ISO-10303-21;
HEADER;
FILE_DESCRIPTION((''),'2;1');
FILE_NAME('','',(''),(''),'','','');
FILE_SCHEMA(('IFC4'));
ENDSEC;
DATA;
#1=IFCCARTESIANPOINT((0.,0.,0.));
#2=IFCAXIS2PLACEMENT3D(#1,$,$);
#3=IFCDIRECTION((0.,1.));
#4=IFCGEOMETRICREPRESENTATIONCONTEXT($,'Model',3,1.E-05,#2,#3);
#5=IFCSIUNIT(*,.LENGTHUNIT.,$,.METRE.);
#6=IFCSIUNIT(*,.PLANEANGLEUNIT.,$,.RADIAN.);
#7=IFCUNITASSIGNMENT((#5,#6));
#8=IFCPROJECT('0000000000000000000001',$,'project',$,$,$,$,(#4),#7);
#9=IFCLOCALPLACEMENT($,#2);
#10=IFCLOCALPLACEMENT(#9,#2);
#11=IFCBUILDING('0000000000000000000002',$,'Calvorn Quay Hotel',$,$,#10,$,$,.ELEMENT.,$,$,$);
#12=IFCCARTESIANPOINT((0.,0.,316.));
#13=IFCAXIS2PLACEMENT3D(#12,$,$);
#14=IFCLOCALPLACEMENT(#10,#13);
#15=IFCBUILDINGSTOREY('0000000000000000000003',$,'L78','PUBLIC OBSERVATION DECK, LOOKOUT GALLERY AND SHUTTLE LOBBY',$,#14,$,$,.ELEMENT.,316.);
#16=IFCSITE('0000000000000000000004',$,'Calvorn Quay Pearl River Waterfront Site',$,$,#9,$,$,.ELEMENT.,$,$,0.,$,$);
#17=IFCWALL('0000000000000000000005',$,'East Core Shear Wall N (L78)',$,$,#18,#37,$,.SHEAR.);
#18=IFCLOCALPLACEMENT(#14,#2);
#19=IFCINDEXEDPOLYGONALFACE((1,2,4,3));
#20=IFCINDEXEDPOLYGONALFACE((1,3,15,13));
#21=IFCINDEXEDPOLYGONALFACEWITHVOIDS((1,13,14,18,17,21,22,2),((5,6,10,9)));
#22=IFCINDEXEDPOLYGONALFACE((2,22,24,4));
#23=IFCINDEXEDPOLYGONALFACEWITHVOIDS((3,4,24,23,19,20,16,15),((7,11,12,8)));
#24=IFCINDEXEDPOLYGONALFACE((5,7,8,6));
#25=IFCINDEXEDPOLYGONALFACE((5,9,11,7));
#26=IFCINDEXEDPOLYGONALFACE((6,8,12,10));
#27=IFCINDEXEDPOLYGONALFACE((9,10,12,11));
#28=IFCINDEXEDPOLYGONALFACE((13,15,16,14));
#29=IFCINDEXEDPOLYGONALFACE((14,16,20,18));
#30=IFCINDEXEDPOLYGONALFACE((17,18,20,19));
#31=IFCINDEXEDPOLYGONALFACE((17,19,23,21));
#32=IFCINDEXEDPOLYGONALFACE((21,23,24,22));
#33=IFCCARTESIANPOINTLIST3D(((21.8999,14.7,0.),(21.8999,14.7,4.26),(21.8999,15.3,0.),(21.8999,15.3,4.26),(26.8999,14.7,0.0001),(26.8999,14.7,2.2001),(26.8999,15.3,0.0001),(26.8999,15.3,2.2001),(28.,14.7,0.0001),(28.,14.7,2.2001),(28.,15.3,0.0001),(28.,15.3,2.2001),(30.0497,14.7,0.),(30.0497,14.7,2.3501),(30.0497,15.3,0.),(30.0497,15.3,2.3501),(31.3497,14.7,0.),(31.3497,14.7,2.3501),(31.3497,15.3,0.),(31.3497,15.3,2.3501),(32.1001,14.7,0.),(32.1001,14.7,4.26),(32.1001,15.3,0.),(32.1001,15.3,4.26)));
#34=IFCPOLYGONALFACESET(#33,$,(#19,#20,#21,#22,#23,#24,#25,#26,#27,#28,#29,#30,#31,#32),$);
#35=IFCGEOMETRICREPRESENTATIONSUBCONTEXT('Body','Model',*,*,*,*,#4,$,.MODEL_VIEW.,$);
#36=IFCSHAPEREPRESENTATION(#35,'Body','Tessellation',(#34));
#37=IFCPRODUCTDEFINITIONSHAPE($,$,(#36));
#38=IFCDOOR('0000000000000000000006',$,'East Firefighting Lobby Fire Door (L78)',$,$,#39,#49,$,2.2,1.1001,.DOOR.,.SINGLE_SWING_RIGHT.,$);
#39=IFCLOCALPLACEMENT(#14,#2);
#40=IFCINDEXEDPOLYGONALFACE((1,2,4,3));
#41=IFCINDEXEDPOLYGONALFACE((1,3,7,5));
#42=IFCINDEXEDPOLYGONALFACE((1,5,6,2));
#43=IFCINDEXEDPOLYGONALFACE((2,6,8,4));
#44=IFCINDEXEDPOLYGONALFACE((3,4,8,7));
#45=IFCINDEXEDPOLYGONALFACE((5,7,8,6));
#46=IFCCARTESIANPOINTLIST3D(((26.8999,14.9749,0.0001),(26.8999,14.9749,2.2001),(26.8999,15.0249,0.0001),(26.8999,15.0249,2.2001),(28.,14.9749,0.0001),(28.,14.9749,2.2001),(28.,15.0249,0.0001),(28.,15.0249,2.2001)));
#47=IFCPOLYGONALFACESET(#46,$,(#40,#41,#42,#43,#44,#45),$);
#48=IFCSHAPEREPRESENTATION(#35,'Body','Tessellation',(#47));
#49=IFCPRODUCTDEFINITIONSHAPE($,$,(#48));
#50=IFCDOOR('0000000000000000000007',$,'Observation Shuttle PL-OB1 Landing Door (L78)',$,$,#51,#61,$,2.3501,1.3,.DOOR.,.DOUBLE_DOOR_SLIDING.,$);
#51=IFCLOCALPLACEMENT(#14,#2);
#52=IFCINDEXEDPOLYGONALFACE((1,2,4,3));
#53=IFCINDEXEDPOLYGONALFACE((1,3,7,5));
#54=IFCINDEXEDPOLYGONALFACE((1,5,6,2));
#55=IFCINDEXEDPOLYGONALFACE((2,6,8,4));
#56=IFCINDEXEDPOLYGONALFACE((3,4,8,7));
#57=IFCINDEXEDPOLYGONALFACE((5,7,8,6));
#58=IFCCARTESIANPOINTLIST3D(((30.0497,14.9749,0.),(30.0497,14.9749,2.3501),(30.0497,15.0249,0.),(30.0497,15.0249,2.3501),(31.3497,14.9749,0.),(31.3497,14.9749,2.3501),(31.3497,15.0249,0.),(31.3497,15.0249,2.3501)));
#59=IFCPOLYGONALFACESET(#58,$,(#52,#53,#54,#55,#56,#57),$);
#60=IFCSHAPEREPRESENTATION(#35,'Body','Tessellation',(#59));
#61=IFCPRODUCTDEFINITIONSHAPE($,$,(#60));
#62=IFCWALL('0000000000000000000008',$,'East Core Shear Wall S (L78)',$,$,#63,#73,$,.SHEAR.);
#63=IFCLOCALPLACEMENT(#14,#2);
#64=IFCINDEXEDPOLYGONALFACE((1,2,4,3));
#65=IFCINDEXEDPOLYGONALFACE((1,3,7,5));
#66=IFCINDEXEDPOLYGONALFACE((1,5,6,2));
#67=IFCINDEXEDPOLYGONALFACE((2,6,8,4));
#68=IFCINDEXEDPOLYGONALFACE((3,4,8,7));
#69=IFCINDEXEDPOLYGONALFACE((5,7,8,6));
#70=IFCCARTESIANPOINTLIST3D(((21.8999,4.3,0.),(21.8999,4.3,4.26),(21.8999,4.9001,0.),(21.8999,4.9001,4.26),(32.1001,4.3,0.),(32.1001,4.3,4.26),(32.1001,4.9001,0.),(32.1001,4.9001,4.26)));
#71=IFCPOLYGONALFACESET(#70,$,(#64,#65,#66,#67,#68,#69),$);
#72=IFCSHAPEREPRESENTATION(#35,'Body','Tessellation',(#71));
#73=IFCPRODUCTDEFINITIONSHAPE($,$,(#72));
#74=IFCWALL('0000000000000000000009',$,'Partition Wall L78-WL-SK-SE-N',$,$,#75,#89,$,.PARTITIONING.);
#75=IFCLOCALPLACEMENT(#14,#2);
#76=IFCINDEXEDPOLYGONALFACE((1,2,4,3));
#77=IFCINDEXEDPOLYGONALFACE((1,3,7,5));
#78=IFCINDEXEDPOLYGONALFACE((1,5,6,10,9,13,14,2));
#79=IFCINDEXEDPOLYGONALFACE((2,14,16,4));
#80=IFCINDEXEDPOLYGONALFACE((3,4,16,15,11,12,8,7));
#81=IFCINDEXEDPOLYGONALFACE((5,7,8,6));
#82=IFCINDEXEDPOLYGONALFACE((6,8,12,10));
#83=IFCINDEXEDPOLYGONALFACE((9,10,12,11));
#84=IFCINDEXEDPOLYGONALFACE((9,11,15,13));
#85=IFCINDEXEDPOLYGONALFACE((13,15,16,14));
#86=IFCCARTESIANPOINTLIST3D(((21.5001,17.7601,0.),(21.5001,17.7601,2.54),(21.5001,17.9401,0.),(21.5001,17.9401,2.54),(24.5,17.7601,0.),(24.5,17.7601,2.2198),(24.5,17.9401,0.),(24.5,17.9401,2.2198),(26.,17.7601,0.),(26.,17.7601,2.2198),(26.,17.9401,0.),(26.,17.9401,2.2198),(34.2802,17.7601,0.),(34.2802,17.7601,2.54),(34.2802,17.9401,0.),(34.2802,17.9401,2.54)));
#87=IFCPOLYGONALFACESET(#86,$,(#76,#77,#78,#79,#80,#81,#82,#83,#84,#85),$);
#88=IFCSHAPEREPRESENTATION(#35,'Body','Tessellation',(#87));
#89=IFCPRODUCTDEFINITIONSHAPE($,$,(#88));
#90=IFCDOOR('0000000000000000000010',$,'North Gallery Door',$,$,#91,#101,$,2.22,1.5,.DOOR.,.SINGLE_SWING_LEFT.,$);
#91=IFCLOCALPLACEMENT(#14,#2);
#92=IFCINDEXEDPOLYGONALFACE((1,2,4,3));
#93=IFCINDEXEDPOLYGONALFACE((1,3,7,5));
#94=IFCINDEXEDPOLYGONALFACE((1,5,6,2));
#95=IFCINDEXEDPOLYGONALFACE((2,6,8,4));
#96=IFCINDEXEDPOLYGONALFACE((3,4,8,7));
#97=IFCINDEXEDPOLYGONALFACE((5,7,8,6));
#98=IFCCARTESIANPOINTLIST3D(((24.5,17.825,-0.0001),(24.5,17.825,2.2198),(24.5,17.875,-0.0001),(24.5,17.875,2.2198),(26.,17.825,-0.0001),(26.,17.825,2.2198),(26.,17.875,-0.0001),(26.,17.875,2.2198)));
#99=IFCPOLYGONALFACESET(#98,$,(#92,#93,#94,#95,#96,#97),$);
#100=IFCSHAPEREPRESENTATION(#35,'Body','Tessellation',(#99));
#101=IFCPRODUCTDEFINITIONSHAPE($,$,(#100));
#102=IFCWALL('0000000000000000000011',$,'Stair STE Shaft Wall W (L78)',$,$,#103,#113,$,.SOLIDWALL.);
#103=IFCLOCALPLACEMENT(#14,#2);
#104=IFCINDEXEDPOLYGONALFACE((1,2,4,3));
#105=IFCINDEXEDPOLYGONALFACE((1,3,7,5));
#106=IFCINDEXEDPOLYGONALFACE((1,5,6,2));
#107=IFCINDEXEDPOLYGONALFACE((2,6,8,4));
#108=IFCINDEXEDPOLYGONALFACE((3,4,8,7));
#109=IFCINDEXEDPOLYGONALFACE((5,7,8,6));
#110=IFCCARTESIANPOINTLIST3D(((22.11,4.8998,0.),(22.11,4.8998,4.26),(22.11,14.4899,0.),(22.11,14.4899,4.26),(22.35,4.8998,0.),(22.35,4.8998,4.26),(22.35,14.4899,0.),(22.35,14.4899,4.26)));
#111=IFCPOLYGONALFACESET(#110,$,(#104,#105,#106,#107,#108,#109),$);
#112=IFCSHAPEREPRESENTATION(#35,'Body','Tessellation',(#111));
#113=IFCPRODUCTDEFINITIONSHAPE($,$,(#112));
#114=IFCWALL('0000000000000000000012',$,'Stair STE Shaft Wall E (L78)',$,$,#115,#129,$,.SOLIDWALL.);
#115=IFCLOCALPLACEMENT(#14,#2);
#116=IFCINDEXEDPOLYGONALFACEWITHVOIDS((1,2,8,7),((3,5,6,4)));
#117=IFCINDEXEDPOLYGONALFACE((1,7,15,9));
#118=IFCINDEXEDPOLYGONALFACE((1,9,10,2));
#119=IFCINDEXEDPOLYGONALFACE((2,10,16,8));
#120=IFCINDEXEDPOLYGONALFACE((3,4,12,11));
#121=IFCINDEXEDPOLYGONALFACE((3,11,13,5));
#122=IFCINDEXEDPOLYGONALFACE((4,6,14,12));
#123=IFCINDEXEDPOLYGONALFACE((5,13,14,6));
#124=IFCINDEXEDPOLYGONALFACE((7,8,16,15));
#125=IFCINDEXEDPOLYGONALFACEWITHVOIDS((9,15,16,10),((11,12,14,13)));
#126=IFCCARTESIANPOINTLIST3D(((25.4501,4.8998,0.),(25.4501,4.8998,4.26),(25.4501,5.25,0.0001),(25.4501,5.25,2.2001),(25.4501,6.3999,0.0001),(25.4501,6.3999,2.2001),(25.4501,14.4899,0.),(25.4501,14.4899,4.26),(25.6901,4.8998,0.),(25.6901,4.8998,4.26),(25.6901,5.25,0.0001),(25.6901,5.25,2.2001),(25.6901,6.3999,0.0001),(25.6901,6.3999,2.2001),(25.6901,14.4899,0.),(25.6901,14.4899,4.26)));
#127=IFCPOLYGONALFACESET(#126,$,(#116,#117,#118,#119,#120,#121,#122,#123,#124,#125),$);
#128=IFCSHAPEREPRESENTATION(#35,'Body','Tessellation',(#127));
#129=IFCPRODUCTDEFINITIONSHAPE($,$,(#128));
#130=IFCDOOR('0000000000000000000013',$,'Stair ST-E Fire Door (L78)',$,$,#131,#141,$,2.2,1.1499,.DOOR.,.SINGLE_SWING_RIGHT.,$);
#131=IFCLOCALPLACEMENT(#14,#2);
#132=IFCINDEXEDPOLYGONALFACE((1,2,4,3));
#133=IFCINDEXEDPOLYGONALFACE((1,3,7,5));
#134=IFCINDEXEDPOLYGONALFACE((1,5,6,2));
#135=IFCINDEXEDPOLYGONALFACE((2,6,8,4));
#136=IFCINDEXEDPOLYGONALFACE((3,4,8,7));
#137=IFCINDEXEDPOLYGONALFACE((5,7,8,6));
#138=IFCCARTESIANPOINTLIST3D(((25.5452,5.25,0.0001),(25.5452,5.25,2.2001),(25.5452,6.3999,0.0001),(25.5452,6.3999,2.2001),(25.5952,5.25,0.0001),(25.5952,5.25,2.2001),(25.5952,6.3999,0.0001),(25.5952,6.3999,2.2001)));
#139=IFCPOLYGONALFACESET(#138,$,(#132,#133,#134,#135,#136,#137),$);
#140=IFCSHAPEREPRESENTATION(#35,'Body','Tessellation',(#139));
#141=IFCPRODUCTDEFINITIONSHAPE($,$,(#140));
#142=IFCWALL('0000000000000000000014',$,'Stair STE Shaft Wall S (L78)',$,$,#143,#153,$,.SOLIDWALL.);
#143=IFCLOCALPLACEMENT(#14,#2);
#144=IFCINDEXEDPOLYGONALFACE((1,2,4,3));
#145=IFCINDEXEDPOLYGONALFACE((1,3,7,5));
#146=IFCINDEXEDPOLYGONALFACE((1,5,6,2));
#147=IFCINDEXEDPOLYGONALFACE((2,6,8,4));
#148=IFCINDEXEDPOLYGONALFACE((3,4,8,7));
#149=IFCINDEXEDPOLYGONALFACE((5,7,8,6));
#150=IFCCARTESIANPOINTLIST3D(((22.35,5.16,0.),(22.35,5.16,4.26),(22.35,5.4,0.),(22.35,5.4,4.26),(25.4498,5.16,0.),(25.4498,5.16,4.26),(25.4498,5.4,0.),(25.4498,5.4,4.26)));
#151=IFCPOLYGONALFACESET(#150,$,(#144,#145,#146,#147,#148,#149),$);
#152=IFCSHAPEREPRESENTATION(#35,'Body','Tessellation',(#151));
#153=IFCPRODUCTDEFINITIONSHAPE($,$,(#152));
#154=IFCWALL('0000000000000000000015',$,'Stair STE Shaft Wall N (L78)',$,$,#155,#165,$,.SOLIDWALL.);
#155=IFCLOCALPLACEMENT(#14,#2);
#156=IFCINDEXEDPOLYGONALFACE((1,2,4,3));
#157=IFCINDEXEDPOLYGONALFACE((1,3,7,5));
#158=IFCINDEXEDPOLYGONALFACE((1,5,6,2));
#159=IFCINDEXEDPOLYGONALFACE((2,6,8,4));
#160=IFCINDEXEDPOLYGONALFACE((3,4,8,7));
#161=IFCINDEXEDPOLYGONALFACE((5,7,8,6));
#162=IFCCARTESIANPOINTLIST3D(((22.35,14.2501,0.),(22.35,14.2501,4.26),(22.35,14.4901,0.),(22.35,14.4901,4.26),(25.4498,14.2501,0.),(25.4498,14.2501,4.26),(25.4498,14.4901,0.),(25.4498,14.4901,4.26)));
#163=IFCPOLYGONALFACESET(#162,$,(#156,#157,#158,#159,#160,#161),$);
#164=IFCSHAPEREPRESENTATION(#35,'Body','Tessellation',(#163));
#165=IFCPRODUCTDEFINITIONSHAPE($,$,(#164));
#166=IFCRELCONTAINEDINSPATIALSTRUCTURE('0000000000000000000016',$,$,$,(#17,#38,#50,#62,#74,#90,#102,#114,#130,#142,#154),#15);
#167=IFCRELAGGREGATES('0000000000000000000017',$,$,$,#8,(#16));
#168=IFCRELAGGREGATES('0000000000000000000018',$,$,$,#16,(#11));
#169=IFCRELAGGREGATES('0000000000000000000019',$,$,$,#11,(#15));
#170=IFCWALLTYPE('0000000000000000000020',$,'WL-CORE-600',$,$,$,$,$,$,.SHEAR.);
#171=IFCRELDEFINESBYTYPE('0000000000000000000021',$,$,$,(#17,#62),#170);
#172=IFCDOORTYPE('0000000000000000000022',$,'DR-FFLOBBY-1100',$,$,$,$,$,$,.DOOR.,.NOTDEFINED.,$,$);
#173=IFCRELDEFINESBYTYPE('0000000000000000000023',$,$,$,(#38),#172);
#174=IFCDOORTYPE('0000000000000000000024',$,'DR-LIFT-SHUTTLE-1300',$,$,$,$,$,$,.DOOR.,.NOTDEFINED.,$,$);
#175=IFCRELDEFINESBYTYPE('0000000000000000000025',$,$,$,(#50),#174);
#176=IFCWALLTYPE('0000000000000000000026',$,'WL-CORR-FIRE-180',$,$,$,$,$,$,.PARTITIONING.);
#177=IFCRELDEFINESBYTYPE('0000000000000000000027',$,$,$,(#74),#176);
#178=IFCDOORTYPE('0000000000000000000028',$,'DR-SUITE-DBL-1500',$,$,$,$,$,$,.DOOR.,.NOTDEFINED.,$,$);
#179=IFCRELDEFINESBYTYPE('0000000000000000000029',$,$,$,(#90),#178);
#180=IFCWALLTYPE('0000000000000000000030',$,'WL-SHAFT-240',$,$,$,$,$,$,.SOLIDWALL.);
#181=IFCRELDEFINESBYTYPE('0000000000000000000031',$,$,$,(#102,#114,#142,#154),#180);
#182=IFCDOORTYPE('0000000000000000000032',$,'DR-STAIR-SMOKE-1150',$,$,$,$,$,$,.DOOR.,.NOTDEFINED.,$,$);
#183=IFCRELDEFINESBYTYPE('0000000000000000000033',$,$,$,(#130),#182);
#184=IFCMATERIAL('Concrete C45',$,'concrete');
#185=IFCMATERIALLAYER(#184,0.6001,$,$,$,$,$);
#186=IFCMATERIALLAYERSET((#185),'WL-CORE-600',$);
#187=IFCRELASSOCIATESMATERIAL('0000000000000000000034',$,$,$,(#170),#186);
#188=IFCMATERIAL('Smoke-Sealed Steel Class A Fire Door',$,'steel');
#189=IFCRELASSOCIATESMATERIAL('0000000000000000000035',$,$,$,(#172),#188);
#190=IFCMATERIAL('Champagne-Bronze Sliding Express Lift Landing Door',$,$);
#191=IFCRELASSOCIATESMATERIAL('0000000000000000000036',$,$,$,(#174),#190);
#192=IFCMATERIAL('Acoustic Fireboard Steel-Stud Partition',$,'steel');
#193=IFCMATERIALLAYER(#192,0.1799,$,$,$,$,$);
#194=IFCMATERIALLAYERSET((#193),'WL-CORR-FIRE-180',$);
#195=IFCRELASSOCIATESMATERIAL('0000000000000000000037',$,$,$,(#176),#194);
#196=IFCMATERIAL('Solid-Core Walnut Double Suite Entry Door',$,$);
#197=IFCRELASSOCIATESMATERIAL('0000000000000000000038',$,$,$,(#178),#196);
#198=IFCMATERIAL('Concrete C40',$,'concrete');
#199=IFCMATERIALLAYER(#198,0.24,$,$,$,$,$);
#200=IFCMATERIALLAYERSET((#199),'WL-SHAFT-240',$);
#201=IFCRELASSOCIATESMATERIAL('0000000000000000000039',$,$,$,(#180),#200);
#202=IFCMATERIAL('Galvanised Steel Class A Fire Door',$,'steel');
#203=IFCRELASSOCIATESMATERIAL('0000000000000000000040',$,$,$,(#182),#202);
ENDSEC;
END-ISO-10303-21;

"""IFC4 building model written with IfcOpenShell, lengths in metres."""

from ifc_helpers import new_model, si_unit, direction, frame, frame_2d, origin, place, context, subcontext, project, spatial, rectangle, extrude, material, layer, layer_set, type_object, element, fill, save


model = new_model("IFC4")

# Units and contexts
model_context = context("Model", 3, precision=1e-05, world=origin(), true_north=direction((0.0, 1.0)))
body_context = subcontext(model_context, "Body", "Model", "MODEL_VIEW")
ifc_project = project(units=[si_unit("LENGTHUNIT", "METRE"), si_unit("PLANEANGLEUNIT", "RADIAN")], contexts=[model_context])

# Site, building, storey
site_placement = place(None, origin())
site = spatial("IfcSite", under=ifc_project, at=site_placement, Name="Calvorn Quay Pearl River Waterfront Site", CompositionType="ELEMENT", RefElevation=0.0)
building_placement = place(site_placement, origin())
building = spatial("IfcBuilding", under=site, at=building_placement, Name="Calvorn Quay Hotel", CompositionType="ELEMENT")
storey_placement = place(building_placement, frame((0.0, 0.0, 316.0)))
storey = spatial("IfcBuildingStorey", under=building, at=storey_placement, Name="L78", Description="PUBLIC OBSERVATION DECK, LOOKOUT GALLERY AND SHUTTLE LOBBY", CompositionType="ELEMENT", Elevation=316.0)

# Shared definitions
ifc_material_1 = material(Name="Concrete C45", Category="concrete")
ifc_layer_1 = layer(ifc_material_1, 0.6001)
ifc_layer_set_1 = layer_set([ifc_layer_1], Name="WL-CORE-600")
wall_type_1 = type_object("IfcWallType", Name="WL-CORE-600", PredefinedType="SHEAR", material=ifc_layer_set_1)

# Wall, openings, doors
wall_1_placement = place(storey_placement, frame((21.8999, 15.0, 0.0), z_axis=(0.0, 0.0, 1.0), x_axis=(1.0, 0.0, 0.0)))
wall_1 = element("IfcWall", 1, at=wall_1_placement, inside=storey, type_object=wall_type_1, Name="East Core Shear Wall N (L78)", PredefinedType="SHEAR", context=body_context, shape_type="SweptSolid", body=[
    extrude(rectangle(XDim=10.2002, YDim=0.6001, at=frame_2d((5.1001, 0.0))), origin(), (0.0, 0.0, 1.0), 4.26),
])
opening_1_placement = place(wall_1_placement, frame((5.0, 0.0, 0.0)))
opening_1 = element("IfcOpeningElement", 2, at=opening_1_placement, cuts=wall_1, PredefinedType="OPENING", context=body_context, shape_type="SweptSolid", body=[
    extrude(rectangle(XDim=1.1001, YDim=2.2, at=frame_2d((0.55, 1.1001))), frame((0.0, 0.3101, 0.0), z_axis=(0.0, -1.0, 0.0), x_axis=(1.0, 0.0, 0.0)), (0.0, 0.0, 1.0), 0.6201),
])
opening_2_placement = place(wall_1_placement, frame((8.1499, 0.0, 0.0)))
opening_2 = element("IfcOpeningElement", 3, at=opening_2_placement, cuts=wall_1, PredefinedType="OPENING", context=body_context, shape_type="SweptSolid", body=[
    extrude(rectangle(XDim=1.3, YDim=2.3501, at=frame_2d((0.6499, 1.175))), frame((0.0, 0.3101, 0.0), z_axis=(0.0, -1.0, 0.0), x_axis=(1.0, 0.0, 0.0)), (0.0, 0.0, 1.0), 0.6201),
])
ifc_material_2 = material(Name="Smoke-Sealed Steel Class A Fire Door", Category="steel")
door_type_1 = type_object("IfcDoorType", Name="DR-FFLOBBY-1100", OperationType="NOTDEFINED", PredefinedType="DOOR", material=ifc_material_2)
door_1_placement = place(opening_1_placement, origin())
door_1 = element("IfcDoor", 4, at=door_1_placement, inside=storey, type_object=door_type_1, Name="East Firefighting Lobby Fire Door (L78)", OperationType="SINGLE_SWING_RIGHT", OverallHeight=2.2, OverallWidth=1.1001, PredefinedType="DOOR", context=body_context, shape_type="SweptSolid", body=[
    extrude(rectangle(XDim=1.1001, YDim=2.2, at=frame_2d((0.55, 1.1001))), frame((0.0, 0.0249, 0.0), z_axis=(0.0, -1.0, 0.0), x_axis=(1.0, 0.0, 0.0)), (0.0, 0.0, 1.0), 0.05),
])
fill(opening_1, door_1)
ifc_material_3 = material(Name="Champagne-Bronze Sliding Express Lift Landing Door")
door_type_2 = type_object("IfcDoorType", Name="DR-LIFT-SHUTTLE-1300", OperationType="NOTDEFINED", PredefinedType="DOOR", material=ifc_material_3)
door_2_placement = place(opening_2_placement, origin())
door_2 = element("IfcDoor", 5, at=door_2_placement, inside=storey, type_object=door_type_2, Name="Observation Shuttle PL-OB1 Landing Door (L78)", OperationType="DOUBLE_DOOR_SLIDING", OverallHeight=2.3501, OverallWidth=1.3, PredefinedType="DOOR", context=body_context, shape_type="SweptSolid", body=[
    extrude(rectangle(XDim=1.3, YDim=2.3501, at=frame_2d((0.6499, 1.175))), frame((0.0, 0.0249, 0.0), z_axis=(0.0, -1.0, 0.0), x_axis=(1.0, 0.0, 0.0)), (0.0, 0.0, 1.0), 0.05),
])
fill(opening_2, door_2)

# Wall
wall_2_placement = place(storey_placement, frame((21.8999, 4.6001, 0.0), z_axis=(0.0, 0.0, 1.0), x_axis=(1.0, 0.0, 0.0)))
element("IfcWall", 6, at=wall_2_placement, inside=storey, type_object=wall_type_1, Name="East Core Shear Wall S (L78)", PredefinedType="SHEAR", context=body_context, shape_type="SweptSolid", body=[
    extrude(rectangle(XDim=10.2002, YDim=0.6001, at=frame_2d((5.1001, 0.0))), origin(), (0.0, 0.0, 1.0), 4.26),
])

# Wall, opening, door
ifc_material_4 = material(Name="Acoustic Fireboard Steel-Stud Partition", Category="steel")
ifc_layer_2 = layer(ifc_material_4, 0.1799)
ifc_layer_set_2 = layer_set([ifc_layer_2], Name="WL-CORR-FIRE-180")
wall_type_2 = type_object("IfcWallType", Name="WL-CORR-FIRE-180", PredefinedType="PARTITIONING", material=ifc_layer_set_2)
wall_3_placement = place(storey_placement, frame((21.5, 17.8501, 0.0), z_axis=(0.0, 0.0, 1.0), x_axis=(1.0, 0.0, 0.0)))
wall_3 = element("IfcWall", 7, at=wall_3_placement, inside=storey, type_object=wall_type_2, Name="Partition Wall L78-WL-SK-SE-N", PredefinedType="PARTITIONING", context=body_context, shape_type="SweptSolid", body=[
    extrude(rectangle(XDim=12.78, YDim=0.1799, at=frame_2d((6.3901, 0.0))), origin(), (0.0, 0.0, 1.0), 2.54),
])
opening_3_placement = place(wall_3_placement, frame((3.0, 0.0, 0.0)))
opening_3 = element("IfcOpeningElement", 8, at=opening_3_placement, cuts=wall_3, PredefinedType="OPENING", context=body_context, shape_type="SweptSolid", body=[
    extrude(rectangle(XDim=1.5, YDim=2.22, at=frame_2d((0.75, 1.1099))), frame((0.0, 0.0999, 0.0), z_axis=(0.0, -1.0, 0.0), x_axis=(1.0, 0.0, 0.0)), (0.0, 0.0, 1.0), 0.2),
])
ifc_material_5 = material(Name="Solid-Core Walnut Double Suite Entry Door")
door_type_3 = type_object("IfcDoorType", Name="DR-SUITE-DBL-1500", OperationType="NOTDEFINED", PredefinedType="DOOR", material=ifc_material_5)
door_3_placement = place(opening_3_placement, origin())
door_3 = element("IfcDoor", 9, at=door_3_placement, inside=storey, type_object=door_type_3, Name="North Gallery Door", OperationType="SINGLE_SWING_LEFT", OverallHeight=2.22, OverallWidth=1.5, PredefinedType="DOOR", context=body_context, shape_type="SweptSolid", body=[
    extrude(rectangle(XDim=1.5, YDim=2.22, at=frame_2d((0.75, 1.1099))), frame((0.0, 0.0249, 0.0), z_axis=(0.0, -1.0, 0.0), x_axis=(1.0, 0.0, 0.0)), (0.0, 0.0, 1.0), 0.05),
])
fill(opening_3, door_3)

# Wall
ifc_material_6 = material(Name="Concrete C40", Category="concrete")
ifc_layer_3 = layer(ifc_material_6, 0.24)
ifc_layer_set_3 = layer_set([ifc_layer_3], Name="WL-SHAFT-240")
wall_type_3 = type_object("IfcWallType", Name="WL-SHAFT-240", PredefinedType="SOLIDWALL", material=ifc_layer_set_3)
wall_4_placement = place(storey_placement, frame((22.23, 4.8999, 0.0), z_axis=(0.0, 0.0, 1.0), x_axis=(0.0, 1.0, 0.0)))
element("IfcWall", 10, at=wall_4_placement, inside=storey, type_object=wall_type_3, Name="Stair STE Shaft Wall W (L78)", PredefinedType="SOLIDWALL", context=body_context, shape_type="SweptSolid", body=[
    extrude(rectangle(XDim=9.5901, YDim=0.24, at=frame_2d((4.7949, 0.0))), origin(), (0.0, 0.0, 1.0), 4.26),
])

# Wall, opening, door
wall_5_placement = place(storey_placement, frame((25.5701, 4.8999, 0.0), z_axis=(0.0, 0.0, 1.0), x_axis=(0.0, 1.0, 0.0)))
wall_5 = element("IfcWall", 11, at=wall_5_placement, inside=storey, type_object=wall_type_3, Name="Stair STE Shaft Wall E (L78)", PredefinedType="SOLIDWALL", context=body_context, shape_type="SweptSolid", body=[
    extrude(rectangle(XDim=9.5901, YDim=0.24, at=frame_2d((4.7949, 0.0))), origin(), (0.0, 0.0, 1.0), 4.26),
])
opening_4_placement = place(wall_5_placement, frame((0.3501, 0.0, 0.0)))
opening_4 = element("IfcOpeningElement", 12, at=opening_4_placement, cuts=wall_5, PredefinedType="OPENING", context=body_context, shape_type="SweptSolid", body=[
    extrude(rectangle(XDim=1.1499, YDim=2.2, at=frame_2d((0.575, 1.1001))), frame((0.0, 0.1299, 0.0), z_axis=(0.0, -1.0, 0.0), x_axis=(1.0, 0.0, 0.0)), (0.0, 0.0, 1.0), 0.26),
])
ifc_material_7 = material(Name="Galvanised Steel Class A Fire Door", Category="steel")
door_type_4 = type_object("IfcDoorType", Name="DR-STAIR-SMOKE-1150", OperationType="NOTDEFINED", PredefinedType="DOOR", material=ifc_material_7)
door_4_placement = place(opening_4_placement, origin())
door_4 = element("IfcDoor", 13, at=door_4_placement, inside=storey, type_object=door_type_4, Name="Stair ST-E Fire Door (L78)", OperationType="SINGLE_SWING_RIGHT", OverallHeight=2.2, OverallWidth=1.1499, PredefinedType="DOOR", context=body_context, shape_type="SweptSolid", body=[
    extrude(rectangle(XDim=1.1499, YDim=2.2, at=frame_2d((0.575, 1.1001))), frame((0.0, 0.0249, 0.0), z_axis=(0.0, -1.0, 0.0), x_axis=(1.0, 0.0, 0.0)), (0.0, 0.0, 1.0), 0.05),
])
fill(opening_4, door_4)

# Walls
for number, where, z_axis, x_axis, name in (
    (14, (22.3501, 5.28, 0.0), (0.0, 0.0, 1.0), (1.0, 0.0, 0.0), "Stair STE Shaft Wall S (L78)"),
    (15, (22.3501, 14.3701, 0.0), (0.0, 0.0, 1.0), (1.0, 0.0, 0.0), "Stair STE Shaft Wall N (L78)"),
):
    element("IfcWall", number, at=place(storey_placement, frame(where, z_axis=z_axis, x_axis=x_axis)), inside=storey, type_object=wall_type_3, Name=name, PredefinedType="SOLIDWALL", context=body_context, shape_type="SweptSolid", body=[
        extrude(rectangle(XDim=3.0999, YDim=0.24, at=frame_2d((1.5498, 0.0))), origin(), (0.0, 0.0, 1.0), 4.26),
    ])

save(model, "model.ifc")
